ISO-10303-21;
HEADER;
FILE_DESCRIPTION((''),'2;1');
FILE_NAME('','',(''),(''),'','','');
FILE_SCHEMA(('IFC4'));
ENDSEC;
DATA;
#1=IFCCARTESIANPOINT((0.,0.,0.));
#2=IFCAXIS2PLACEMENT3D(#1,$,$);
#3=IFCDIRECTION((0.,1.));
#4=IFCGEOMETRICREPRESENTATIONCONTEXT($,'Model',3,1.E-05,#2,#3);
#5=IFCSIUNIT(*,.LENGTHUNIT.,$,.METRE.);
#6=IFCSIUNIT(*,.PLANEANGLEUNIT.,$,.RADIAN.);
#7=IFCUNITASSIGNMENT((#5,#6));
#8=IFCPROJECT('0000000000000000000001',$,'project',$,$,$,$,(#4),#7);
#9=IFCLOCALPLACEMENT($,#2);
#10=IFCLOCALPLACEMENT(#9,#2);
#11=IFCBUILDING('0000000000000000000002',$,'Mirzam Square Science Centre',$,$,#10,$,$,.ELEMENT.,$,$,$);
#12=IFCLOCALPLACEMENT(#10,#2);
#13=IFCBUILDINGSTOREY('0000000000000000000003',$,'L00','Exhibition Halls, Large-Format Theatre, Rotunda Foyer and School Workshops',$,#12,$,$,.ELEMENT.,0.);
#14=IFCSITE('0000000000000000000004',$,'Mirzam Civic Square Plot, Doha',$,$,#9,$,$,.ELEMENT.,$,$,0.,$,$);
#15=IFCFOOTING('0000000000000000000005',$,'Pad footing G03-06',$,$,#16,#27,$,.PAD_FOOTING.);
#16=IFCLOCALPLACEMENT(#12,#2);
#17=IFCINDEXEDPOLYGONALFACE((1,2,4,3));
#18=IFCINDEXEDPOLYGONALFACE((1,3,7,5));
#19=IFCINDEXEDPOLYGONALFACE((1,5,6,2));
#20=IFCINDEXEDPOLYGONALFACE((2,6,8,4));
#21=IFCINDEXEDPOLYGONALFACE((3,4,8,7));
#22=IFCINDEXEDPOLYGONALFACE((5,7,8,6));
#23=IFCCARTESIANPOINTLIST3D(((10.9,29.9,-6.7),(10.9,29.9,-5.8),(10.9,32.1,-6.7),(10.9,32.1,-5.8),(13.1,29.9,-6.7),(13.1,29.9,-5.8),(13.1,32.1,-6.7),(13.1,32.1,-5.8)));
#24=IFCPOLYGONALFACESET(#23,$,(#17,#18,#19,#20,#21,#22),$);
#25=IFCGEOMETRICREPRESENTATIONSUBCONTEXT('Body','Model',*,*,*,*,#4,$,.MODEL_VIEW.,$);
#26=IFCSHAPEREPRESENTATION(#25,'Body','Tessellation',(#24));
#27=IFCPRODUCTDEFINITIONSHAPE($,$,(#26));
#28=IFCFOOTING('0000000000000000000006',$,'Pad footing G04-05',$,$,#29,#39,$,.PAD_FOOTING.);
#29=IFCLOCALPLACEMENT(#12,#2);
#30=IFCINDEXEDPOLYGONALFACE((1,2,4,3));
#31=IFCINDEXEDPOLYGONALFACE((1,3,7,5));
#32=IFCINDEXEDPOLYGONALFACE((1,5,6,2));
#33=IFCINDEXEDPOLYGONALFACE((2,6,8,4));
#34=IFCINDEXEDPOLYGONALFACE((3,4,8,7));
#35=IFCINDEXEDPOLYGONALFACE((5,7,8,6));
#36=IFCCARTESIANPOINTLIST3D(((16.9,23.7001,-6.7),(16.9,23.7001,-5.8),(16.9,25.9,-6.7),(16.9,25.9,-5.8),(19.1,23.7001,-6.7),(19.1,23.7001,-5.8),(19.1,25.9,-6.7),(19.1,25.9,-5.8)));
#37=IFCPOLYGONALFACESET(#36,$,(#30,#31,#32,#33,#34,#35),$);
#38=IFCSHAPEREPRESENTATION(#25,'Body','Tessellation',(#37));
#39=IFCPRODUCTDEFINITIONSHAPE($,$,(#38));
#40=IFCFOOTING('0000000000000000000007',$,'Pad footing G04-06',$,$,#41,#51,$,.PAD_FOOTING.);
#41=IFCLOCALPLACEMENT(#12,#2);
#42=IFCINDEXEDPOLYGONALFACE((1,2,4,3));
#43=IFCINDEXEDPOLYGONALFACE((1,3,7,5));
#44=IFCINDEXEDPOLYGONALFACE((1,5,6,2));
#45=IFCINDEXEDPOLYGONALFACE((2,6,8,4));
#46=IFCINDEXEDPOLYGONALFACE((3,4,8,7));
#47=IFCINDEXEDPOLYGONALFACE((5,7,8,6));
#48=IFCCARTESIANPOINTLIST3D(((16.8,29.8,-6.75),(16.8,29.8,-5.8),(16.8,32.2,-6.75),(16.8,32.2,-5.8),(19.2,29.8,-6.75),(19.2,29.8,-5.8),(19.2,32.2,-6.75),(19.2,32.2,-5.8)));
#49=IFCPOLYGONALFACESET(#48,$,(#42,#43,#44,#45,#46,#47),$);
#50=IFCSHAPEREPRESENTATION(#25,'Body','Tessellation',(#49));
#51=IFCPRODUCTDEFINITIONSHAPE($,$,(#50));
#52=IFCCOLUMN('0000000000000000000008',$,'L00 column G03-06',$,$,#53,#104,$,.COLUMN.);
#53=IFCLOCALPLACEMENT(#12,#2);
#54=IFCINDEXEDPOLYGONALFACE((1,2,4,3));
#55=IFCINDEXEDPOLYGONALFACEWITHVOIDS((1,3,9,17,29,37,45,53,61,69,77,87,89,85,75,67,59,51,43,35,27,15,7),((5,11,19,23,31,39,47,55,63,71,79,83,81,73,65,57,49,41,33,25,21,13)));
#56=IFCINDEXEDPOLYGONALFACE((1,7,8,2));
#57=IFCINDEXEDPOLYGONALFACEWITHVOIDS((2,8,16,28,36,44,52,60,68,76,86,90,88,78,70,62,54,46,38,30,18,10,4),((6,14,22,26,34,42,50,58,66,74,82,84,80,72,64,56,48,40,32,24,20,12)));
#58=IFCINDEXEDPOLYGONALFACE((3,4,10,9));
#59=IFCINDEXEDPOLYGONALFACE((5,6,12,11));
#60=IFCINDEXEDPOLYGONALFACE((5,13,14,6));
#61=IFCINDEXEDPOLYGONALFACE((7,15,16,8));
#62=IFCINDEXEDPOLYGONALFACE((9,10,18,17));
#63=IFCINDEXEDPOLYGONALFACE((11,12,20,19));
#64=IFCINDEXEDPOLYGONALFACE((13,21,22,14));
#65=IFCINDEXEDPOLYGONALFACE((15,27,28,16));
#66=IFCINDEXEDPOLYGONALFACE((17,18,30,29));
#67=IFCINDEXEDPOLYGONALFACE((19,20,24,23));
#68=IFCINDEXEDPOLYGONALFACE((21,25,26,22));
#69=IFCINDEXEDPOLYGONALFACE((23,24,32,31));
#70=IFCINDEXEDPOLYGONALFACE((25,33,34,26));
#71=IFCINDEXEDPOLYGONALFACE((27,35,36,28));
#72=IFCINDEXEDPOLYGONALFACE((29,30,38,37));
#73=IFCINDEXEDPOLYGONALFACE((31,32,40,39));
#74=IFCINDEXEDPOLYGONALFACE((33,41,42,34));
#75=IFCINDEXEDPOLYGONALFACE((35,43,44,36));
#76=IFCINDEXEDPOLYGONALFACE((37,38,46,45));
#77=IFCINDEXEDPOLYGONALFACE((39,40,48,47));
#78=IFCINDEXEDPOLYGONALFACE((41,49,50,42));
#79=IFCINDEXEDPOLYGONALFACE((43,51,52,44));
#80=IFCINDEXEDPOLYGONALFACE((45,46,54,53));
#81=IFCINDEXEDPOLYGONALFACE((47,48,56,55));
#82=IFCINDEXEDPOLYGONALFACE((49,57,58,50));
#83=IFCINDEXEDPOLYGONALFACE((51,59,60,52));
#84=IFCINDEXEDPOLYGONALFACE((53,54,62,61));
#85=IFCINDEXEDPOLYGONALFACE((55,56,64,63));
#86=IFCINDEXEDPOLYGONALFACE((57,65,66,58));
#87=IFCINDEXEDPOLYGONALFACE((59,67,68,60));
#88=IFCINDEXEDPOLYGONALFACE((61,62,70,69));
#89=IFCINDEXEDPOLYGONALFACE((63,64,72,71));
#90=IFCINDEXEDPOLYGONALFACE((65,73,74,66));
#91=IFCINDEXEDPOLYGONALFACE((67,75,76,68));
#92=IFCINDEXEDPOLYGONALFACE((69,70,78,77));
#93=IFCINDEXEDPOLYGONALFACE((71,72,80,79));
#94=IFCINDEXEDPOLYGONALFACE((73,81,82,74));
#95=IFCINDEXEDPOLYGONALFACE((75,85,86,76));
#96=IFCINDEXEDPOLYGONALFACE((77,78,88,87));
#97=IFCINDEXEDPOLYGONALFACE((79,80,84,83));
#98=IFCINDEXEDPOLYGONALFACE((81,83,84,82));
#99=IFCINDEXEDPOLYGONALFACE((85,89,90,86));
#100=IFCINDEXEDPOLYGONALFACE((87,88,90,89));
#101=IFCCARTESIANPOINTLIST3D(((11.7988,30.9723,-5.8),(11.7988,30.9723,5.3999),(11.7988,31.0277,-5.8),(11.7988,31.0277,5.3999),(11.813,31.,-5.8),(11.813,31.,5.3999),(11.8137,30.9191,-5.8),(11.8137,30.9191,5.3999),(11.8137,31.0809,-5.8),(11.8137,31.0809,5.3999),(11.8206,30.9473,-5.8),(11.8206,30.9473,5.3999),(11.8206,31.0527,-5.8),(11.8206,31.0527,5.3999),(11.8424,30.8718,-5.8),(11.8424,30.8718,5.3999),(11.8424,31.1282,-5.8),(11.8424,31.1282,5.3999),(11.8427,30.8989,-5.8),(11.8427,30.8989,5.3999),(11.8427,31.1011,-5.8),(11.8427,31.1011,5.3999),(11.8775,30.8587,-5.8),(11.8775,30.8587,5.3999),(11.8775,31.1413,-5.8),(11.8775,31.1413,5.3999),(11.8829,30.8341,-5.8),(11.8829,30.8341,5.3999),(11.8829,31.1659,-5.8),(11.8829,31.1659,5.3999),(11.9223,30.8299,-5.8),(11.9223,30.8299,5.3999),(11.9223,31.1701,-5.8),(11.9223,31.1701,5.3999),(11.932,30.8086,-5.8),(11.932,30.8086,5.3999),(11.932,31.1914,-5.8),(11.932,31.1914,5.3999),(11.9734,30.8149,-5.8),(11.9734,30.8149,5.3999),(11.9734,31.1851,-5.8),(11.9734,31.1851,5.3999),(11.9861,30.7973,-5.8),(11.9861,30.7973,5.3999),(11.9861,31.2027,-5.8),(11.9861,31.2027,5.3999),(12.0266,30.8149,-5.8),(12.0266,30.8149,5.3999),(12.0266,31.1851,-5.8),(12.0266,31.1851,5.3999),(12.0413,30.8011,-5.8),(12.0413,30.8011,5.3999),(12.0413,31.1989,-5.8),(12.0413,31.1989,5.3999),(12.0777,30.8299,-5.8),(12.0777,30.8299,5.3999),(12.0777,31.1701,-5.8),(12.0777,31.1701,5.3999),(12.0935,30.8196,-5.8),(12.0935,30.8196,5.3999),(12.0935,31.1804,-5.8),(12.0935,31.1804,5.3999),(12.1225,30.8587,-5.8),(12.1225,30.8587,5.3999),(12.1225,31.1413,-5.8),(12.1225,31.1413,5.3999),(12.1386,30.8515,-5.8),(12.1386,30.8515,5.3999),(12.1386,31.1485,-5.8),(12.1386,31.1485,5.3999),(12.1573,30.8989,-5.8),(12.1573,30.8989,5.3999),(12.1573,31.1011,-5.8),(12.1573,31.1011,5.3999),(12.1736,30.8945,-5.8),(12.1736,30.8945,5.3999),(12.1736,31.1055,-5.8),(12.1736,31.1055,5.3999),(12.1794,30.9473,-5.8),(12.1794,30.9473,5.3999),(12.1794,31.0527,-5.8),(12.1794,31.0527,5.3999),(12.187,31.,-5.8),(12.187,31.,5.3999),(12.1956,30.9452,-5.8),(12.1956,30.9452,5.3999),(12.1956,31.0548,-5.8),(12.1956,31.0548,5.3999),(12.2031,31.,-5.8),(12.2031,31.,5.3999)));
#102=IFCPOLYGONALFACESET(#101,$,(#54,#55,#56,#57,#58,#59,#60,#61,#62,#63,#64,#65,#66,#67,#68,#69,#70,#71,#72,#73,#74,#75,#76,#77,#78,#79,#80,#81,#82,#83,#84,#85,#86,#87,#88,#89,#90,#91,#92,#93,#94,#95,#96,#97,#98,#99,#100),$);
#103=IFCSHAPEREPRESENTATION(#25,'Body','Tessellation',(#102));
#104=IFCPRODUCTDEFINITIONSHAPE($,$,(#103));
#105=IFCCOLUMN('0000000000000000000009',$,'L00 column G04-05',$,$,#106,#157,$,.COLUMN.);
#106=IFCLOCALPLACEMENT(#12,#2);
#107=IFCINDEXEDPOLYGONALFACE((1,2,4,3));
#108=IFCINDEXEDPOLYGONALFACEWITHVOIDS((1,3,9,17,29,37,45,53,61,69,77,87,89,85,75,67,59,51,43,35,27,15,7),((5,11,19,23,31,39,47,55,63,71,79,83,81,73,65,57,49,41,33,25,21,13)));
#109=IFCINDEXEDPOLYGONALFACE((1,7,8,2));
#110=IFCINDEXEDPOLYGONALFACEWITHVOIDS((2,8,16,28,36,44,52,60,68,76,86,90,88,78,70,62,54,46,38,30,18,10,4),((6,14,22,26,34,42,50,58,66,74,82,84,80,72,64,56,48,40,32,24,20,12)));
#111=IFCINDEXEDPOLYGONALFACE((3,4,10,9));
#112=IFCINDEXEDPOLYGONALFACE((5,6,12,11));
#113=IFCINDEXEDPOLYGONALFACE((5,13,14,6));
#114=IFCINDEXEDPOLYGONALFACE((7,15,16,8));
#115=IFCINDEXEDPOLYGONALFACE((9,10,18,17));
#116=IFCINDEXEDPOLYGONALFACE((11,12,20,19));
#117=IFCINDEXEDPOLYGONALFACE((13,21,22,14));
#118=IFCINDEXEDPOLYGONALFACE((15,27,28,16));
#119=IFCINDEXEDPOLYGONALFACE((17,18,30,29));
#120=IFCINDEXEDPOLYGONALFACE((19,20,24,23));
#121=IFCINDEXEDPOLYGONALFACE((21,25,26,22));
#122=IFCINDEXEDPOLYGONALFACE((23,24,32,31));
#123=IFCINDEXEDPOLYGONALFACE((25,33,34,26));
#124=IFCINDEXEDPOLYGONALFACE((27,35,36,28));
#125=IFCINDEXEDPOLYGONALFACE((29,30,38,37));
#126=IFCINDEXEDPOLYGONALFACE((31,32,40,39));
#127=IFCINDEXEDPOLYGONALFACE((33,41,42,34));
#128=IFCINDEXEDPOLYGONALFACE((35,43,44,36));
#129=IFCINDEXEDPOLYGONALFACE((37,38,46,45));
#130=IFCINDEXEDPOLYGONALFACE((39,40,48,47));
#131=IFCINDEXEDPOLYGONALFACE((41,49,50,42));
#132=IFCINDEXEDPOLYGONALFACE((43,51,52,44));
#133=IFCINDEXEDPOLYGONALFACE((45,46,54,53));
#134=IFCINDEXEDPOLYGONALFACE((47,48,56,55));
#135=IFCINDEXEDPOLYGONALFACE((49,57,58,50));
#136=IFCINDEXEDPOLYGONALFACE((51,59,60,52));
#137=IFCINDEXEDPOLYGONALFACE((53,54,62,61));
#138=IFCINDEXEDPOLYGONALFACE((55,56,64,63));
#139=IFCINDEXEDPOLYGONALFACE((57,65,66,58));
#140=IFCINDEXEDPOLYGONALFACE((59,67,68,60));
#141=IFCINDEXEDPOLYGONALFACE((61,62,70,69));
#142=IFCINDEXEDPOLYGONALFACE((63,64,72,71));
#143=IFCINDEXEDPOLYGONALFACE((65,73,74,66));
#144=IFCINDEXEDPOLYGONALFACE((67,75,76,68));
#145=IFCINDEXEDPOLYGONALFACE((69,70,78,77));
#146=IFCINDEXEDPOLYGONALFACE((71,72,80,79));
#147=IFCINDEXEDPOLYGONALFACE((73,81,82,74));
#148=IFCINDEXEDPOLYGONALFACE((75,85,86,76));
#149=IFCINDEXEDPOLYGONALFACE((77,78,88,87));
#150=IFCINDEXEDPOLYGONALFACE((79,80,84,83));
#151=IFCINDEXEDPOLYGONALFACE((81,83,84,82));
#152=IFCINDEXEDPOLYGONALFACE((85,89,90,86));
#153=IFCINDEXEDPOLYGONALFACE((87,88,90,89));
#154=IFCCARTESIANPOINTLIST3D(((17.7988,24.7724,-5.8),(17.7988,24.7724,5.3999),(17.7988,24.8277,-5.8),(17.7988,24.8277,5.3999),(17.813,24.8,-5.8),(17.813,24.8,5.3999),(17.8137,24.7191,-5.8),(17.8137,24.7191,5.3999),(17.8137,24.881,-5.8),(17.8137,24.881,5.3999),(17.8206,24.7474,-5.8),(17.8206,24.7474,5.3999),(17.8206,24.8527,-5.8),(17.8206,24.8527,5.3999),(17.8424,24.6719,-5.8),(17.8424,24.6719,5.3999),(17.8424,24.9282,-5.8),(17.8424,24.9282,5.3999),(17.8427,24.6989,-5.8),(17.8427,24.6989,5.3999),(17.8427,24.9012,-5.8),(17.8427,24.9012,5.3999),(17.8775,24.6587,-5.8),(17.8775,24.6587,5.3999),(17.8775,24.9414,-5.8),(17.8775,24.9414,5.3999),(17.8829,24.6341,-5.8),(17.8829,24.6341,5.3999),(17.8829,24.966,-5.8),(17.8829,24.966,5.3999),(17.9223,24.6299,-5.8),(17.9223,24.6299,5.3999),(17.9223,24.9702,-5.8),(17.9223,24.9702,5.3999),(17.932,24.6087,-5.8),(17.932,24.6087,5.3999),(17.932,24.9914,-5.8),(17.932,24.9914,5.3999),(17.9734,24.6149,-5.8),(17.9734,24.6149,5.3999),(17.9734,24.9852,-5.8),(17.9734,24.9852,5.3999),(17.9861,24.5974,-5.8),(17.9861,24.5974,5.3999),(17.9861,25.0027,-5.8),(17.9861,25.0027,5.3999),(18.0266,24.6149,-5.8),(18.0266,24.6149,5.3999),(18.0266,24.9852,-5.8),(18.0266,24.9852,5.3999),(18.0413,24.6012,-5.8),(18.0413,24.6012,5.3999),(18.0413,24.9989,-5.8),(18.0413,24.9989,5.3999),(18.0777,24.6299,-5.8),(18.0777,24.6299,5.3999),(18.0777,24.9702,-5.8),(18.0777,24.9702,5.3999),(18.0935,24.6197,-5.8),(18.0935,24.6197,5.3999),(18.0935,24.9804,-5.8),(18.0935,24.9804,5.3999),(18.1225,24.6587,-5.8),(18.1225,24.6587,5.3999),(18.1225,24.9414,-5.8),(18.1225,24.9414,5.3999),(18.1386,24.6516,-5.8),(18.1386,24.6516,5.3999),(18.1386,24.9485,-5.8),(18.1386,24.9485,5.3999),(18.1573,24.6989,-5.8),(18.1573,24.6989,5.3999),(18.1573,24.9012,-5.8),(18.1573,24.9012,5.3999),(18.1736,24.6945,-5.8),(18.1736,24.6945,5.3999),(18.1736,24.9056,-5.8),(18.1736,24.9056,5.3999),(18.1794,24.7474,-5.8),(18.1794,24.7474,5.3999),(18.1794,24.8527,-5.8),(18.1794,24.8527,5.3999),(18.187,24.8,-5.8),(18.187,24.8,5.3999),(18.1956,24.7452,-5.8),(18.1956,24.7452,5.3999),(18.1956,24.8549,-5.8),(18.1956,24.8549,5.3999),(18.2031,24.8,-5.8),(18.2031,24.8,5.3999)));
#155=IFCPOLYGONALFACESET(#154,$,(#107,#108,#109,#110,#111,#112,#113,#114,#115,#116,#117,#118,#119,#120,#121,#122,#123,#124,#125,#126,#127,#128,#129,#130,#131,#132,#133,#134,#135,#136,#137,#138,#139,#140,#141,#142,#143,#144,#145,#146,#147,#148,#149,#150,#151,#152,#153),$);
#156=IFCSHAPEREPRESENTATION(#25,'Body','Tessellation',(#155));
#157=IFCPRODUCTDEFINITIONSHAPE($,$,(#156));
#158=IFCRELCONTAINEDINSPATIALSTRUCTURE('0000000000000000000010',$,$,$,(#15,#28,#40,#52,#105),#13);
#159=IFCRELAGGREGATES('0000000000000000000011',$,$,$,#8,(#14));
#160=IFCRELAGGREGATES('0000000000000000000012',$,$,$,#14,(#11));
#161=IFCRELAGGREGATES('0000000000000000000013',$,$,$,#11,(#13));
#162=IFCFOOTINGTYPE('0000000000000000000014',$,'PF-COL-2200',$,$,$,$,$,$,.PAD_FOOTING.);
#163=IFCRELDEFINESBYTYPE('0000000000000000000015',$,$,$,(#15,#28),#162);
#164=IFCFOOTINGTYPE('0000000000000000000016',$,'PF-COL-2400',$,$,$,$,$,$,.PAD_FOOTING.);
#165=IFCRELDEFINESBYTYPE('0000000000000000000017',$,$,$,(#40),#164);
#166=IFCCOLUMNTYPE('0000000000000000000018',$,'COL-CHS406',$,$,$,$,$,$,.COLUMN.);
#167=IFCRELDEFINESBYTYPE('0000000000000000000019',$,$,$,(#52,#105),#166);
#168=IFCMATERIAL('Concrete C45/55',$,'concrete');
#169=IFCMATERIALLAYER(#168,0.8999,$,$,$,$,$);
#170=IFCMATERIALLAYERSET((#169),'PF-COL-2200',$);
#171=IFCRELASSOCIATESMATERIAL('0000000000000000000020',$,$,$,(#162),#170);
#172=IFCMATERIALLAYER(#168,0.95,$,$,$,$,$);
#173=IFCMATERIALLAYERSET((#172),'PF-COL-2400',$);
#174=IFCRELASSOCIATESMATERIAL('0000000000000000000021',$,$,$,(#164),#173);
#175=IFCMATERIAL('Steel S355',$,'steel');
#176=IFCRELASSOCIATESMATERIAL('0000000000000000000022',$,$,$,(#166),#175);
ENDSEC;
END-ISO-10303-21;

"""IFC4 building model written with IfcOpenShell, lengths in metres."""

from ifc_helpers import new_model, si_unit, direction, frame, origin, origin_2d, place, context, subcontext, project, spatial, rectangle, hollow_circle, extrude, material, layer, layer_set, material_profile, profile_set, type_object, element, save


model = new_model("IFC4")

# Units and contexts
model_context = context("Model", 3, precision=1e-05, world=origin(), true_north=direction((0.0, 1.0)))
body_context = subcontext(model_context, "Body", "Model", "MODEL_VIEW")
ifc_project = project(units=[si_unit("LENGTHUNIT", "METRE"), si_unit("PLANEANGLEUNIT", "RADIAN")], contexts=[model_context])

# Site, building, storey
site_placement = place(None, origin())
site = spatial("IfcSite", under=ifc_project, at=site_placement, Name="Mirzam Civic Square Plot, Doha", CompositionType="ELEMENT", RefElevation=0.0)
building_placement = place(site_placement, origin())
building = spatial("IfcBuilding", under=site, at=building_placement, Name="Mirzam Square Science Centre", CompositionType="ELEMENT")
storey_placement = place(building_placement, origin())
storey = spatial("IfcBuildingStorey", under=building, at=storey_placement, Name="L00", Description="Exhibition Halls, Large-Format Theatre, Rotunda Foyer and School Workshops", CompositionType="ELEMENT", Elevation=0.0)

# Footings
ifc_material_1 = material(Name="Concrete C45/55", Category="concrete")
ifc_layer_1 = layer(ifc_material_1, 0.8999)
ifc_layer_set_1 = layer_set([ifc_layer_1], Name="PF-COL-2200")
footing_type_1 = type_object("IfcFootingType", Name="PF-COL-2200", PredefinedType="PAD_FOOTING", material=ifc_layer_set_1)
for number, where, z_axis, x_axis, name in (
    (1, (12.0, 31.0, -6.7), (0.0, 0.0, 1.0), (1.0, 0.0, 0.0), "Pad footing G03-06"),
    (2, (18.0, 24.8, -6.7), (0.0, 0.0, 1.0), (1.0, 0.0, 0.0), "Pad footing G04-05"),
):
    element("IfcFooting", number, at=place(storey_placement, frame(where, z_axis=z_axis, x_axis=x_axis)), inside=storey, type_object=footing_type_1, Name=name, PredefinedType="PAD_FOOTING", context=body_context, shape_type="SweptSolid", body=[
        extrude(rectangle(XDim=2.2, YDim=2.2, at=origin_2d()), origin(), (0.0, 0.0, 1.0), 0.8999),
    ])
ifc_layer_2 = layer(ifc_material_1, 0.95)
ifc_layer_set_2 = layer_set([ifc_layer_2], Name="PF-COL-2400")
footing_type_2 = type_object("IfcFootingType", Name="PF-COL-2400", PredefinedType="PAD_FOOTING", material=ifc_layer_set_2)
footing_placement = place(storey_placement, frame((18.0, 31.0, -6.75), z_axis=(0.0, 0.0, 1.0), x_axis=(1.0, 0.0, 0.0)))
element("IfcFooting", 3, at=footing_placement, inside=storey, type_object=footing_type_2, Name="Pad footing G04-06", PredefinedType="PAD_FOOTING", context=body_context, shape_type="SweptSolid", body=[
    extrude(rectangle(XDim=2.3999, YDim=2.3999, at=origin_2d()), origin(), (0.0, 0.0, 1.0), 0.95),
])

# Columns
ifc_material_2 = material(Name="Steel S355", Category="steel")
ifc_material_profile_1 = material_profile(ifc_material_2, hollow_circle(Radius=0.2031, WallThickness=0.0161, at=origin_2d()), Name="406.4x16.0CHS")
ifc_profile_set_1 = profile_set([ifc_material_profile_1], Name="Steel S355")
column_type_1 = type_object("IfcColumnType", Name="COL-CHS406", PredefinedType="COLUMN", material=ifc_profile_set_1)
for number, where, z_axis, x_axis, name in (
    (4, (12.0, 31.0, -5.8), (0.0, 0.0, 1.0), (1.0, 0.0, 0.0), "L00 column G03-06"),
    (5, (18.0, 24.8, -5.8), (0.0, 0.0, 1.0), (1.0, 0.0, 0.0), "L00 column G04-05"),
):
    element("IfcColumn", number, at=place(storey_placement, frame(where, z_axis=z_axis, x_axis=x_axis)), inside=storey, type_object=column_type_1, Name=name, PredefinedType="COLUMN", context=body_context, shape_type="SweptSolid", body=[
        extrude(hollow_circle(Radius=0.2031, WallThickness=0.0161, at=origin_2d()), origin(), (0.0, 0.0, 1.0), 11.2),
    ])

save(model, "model.ifc")
